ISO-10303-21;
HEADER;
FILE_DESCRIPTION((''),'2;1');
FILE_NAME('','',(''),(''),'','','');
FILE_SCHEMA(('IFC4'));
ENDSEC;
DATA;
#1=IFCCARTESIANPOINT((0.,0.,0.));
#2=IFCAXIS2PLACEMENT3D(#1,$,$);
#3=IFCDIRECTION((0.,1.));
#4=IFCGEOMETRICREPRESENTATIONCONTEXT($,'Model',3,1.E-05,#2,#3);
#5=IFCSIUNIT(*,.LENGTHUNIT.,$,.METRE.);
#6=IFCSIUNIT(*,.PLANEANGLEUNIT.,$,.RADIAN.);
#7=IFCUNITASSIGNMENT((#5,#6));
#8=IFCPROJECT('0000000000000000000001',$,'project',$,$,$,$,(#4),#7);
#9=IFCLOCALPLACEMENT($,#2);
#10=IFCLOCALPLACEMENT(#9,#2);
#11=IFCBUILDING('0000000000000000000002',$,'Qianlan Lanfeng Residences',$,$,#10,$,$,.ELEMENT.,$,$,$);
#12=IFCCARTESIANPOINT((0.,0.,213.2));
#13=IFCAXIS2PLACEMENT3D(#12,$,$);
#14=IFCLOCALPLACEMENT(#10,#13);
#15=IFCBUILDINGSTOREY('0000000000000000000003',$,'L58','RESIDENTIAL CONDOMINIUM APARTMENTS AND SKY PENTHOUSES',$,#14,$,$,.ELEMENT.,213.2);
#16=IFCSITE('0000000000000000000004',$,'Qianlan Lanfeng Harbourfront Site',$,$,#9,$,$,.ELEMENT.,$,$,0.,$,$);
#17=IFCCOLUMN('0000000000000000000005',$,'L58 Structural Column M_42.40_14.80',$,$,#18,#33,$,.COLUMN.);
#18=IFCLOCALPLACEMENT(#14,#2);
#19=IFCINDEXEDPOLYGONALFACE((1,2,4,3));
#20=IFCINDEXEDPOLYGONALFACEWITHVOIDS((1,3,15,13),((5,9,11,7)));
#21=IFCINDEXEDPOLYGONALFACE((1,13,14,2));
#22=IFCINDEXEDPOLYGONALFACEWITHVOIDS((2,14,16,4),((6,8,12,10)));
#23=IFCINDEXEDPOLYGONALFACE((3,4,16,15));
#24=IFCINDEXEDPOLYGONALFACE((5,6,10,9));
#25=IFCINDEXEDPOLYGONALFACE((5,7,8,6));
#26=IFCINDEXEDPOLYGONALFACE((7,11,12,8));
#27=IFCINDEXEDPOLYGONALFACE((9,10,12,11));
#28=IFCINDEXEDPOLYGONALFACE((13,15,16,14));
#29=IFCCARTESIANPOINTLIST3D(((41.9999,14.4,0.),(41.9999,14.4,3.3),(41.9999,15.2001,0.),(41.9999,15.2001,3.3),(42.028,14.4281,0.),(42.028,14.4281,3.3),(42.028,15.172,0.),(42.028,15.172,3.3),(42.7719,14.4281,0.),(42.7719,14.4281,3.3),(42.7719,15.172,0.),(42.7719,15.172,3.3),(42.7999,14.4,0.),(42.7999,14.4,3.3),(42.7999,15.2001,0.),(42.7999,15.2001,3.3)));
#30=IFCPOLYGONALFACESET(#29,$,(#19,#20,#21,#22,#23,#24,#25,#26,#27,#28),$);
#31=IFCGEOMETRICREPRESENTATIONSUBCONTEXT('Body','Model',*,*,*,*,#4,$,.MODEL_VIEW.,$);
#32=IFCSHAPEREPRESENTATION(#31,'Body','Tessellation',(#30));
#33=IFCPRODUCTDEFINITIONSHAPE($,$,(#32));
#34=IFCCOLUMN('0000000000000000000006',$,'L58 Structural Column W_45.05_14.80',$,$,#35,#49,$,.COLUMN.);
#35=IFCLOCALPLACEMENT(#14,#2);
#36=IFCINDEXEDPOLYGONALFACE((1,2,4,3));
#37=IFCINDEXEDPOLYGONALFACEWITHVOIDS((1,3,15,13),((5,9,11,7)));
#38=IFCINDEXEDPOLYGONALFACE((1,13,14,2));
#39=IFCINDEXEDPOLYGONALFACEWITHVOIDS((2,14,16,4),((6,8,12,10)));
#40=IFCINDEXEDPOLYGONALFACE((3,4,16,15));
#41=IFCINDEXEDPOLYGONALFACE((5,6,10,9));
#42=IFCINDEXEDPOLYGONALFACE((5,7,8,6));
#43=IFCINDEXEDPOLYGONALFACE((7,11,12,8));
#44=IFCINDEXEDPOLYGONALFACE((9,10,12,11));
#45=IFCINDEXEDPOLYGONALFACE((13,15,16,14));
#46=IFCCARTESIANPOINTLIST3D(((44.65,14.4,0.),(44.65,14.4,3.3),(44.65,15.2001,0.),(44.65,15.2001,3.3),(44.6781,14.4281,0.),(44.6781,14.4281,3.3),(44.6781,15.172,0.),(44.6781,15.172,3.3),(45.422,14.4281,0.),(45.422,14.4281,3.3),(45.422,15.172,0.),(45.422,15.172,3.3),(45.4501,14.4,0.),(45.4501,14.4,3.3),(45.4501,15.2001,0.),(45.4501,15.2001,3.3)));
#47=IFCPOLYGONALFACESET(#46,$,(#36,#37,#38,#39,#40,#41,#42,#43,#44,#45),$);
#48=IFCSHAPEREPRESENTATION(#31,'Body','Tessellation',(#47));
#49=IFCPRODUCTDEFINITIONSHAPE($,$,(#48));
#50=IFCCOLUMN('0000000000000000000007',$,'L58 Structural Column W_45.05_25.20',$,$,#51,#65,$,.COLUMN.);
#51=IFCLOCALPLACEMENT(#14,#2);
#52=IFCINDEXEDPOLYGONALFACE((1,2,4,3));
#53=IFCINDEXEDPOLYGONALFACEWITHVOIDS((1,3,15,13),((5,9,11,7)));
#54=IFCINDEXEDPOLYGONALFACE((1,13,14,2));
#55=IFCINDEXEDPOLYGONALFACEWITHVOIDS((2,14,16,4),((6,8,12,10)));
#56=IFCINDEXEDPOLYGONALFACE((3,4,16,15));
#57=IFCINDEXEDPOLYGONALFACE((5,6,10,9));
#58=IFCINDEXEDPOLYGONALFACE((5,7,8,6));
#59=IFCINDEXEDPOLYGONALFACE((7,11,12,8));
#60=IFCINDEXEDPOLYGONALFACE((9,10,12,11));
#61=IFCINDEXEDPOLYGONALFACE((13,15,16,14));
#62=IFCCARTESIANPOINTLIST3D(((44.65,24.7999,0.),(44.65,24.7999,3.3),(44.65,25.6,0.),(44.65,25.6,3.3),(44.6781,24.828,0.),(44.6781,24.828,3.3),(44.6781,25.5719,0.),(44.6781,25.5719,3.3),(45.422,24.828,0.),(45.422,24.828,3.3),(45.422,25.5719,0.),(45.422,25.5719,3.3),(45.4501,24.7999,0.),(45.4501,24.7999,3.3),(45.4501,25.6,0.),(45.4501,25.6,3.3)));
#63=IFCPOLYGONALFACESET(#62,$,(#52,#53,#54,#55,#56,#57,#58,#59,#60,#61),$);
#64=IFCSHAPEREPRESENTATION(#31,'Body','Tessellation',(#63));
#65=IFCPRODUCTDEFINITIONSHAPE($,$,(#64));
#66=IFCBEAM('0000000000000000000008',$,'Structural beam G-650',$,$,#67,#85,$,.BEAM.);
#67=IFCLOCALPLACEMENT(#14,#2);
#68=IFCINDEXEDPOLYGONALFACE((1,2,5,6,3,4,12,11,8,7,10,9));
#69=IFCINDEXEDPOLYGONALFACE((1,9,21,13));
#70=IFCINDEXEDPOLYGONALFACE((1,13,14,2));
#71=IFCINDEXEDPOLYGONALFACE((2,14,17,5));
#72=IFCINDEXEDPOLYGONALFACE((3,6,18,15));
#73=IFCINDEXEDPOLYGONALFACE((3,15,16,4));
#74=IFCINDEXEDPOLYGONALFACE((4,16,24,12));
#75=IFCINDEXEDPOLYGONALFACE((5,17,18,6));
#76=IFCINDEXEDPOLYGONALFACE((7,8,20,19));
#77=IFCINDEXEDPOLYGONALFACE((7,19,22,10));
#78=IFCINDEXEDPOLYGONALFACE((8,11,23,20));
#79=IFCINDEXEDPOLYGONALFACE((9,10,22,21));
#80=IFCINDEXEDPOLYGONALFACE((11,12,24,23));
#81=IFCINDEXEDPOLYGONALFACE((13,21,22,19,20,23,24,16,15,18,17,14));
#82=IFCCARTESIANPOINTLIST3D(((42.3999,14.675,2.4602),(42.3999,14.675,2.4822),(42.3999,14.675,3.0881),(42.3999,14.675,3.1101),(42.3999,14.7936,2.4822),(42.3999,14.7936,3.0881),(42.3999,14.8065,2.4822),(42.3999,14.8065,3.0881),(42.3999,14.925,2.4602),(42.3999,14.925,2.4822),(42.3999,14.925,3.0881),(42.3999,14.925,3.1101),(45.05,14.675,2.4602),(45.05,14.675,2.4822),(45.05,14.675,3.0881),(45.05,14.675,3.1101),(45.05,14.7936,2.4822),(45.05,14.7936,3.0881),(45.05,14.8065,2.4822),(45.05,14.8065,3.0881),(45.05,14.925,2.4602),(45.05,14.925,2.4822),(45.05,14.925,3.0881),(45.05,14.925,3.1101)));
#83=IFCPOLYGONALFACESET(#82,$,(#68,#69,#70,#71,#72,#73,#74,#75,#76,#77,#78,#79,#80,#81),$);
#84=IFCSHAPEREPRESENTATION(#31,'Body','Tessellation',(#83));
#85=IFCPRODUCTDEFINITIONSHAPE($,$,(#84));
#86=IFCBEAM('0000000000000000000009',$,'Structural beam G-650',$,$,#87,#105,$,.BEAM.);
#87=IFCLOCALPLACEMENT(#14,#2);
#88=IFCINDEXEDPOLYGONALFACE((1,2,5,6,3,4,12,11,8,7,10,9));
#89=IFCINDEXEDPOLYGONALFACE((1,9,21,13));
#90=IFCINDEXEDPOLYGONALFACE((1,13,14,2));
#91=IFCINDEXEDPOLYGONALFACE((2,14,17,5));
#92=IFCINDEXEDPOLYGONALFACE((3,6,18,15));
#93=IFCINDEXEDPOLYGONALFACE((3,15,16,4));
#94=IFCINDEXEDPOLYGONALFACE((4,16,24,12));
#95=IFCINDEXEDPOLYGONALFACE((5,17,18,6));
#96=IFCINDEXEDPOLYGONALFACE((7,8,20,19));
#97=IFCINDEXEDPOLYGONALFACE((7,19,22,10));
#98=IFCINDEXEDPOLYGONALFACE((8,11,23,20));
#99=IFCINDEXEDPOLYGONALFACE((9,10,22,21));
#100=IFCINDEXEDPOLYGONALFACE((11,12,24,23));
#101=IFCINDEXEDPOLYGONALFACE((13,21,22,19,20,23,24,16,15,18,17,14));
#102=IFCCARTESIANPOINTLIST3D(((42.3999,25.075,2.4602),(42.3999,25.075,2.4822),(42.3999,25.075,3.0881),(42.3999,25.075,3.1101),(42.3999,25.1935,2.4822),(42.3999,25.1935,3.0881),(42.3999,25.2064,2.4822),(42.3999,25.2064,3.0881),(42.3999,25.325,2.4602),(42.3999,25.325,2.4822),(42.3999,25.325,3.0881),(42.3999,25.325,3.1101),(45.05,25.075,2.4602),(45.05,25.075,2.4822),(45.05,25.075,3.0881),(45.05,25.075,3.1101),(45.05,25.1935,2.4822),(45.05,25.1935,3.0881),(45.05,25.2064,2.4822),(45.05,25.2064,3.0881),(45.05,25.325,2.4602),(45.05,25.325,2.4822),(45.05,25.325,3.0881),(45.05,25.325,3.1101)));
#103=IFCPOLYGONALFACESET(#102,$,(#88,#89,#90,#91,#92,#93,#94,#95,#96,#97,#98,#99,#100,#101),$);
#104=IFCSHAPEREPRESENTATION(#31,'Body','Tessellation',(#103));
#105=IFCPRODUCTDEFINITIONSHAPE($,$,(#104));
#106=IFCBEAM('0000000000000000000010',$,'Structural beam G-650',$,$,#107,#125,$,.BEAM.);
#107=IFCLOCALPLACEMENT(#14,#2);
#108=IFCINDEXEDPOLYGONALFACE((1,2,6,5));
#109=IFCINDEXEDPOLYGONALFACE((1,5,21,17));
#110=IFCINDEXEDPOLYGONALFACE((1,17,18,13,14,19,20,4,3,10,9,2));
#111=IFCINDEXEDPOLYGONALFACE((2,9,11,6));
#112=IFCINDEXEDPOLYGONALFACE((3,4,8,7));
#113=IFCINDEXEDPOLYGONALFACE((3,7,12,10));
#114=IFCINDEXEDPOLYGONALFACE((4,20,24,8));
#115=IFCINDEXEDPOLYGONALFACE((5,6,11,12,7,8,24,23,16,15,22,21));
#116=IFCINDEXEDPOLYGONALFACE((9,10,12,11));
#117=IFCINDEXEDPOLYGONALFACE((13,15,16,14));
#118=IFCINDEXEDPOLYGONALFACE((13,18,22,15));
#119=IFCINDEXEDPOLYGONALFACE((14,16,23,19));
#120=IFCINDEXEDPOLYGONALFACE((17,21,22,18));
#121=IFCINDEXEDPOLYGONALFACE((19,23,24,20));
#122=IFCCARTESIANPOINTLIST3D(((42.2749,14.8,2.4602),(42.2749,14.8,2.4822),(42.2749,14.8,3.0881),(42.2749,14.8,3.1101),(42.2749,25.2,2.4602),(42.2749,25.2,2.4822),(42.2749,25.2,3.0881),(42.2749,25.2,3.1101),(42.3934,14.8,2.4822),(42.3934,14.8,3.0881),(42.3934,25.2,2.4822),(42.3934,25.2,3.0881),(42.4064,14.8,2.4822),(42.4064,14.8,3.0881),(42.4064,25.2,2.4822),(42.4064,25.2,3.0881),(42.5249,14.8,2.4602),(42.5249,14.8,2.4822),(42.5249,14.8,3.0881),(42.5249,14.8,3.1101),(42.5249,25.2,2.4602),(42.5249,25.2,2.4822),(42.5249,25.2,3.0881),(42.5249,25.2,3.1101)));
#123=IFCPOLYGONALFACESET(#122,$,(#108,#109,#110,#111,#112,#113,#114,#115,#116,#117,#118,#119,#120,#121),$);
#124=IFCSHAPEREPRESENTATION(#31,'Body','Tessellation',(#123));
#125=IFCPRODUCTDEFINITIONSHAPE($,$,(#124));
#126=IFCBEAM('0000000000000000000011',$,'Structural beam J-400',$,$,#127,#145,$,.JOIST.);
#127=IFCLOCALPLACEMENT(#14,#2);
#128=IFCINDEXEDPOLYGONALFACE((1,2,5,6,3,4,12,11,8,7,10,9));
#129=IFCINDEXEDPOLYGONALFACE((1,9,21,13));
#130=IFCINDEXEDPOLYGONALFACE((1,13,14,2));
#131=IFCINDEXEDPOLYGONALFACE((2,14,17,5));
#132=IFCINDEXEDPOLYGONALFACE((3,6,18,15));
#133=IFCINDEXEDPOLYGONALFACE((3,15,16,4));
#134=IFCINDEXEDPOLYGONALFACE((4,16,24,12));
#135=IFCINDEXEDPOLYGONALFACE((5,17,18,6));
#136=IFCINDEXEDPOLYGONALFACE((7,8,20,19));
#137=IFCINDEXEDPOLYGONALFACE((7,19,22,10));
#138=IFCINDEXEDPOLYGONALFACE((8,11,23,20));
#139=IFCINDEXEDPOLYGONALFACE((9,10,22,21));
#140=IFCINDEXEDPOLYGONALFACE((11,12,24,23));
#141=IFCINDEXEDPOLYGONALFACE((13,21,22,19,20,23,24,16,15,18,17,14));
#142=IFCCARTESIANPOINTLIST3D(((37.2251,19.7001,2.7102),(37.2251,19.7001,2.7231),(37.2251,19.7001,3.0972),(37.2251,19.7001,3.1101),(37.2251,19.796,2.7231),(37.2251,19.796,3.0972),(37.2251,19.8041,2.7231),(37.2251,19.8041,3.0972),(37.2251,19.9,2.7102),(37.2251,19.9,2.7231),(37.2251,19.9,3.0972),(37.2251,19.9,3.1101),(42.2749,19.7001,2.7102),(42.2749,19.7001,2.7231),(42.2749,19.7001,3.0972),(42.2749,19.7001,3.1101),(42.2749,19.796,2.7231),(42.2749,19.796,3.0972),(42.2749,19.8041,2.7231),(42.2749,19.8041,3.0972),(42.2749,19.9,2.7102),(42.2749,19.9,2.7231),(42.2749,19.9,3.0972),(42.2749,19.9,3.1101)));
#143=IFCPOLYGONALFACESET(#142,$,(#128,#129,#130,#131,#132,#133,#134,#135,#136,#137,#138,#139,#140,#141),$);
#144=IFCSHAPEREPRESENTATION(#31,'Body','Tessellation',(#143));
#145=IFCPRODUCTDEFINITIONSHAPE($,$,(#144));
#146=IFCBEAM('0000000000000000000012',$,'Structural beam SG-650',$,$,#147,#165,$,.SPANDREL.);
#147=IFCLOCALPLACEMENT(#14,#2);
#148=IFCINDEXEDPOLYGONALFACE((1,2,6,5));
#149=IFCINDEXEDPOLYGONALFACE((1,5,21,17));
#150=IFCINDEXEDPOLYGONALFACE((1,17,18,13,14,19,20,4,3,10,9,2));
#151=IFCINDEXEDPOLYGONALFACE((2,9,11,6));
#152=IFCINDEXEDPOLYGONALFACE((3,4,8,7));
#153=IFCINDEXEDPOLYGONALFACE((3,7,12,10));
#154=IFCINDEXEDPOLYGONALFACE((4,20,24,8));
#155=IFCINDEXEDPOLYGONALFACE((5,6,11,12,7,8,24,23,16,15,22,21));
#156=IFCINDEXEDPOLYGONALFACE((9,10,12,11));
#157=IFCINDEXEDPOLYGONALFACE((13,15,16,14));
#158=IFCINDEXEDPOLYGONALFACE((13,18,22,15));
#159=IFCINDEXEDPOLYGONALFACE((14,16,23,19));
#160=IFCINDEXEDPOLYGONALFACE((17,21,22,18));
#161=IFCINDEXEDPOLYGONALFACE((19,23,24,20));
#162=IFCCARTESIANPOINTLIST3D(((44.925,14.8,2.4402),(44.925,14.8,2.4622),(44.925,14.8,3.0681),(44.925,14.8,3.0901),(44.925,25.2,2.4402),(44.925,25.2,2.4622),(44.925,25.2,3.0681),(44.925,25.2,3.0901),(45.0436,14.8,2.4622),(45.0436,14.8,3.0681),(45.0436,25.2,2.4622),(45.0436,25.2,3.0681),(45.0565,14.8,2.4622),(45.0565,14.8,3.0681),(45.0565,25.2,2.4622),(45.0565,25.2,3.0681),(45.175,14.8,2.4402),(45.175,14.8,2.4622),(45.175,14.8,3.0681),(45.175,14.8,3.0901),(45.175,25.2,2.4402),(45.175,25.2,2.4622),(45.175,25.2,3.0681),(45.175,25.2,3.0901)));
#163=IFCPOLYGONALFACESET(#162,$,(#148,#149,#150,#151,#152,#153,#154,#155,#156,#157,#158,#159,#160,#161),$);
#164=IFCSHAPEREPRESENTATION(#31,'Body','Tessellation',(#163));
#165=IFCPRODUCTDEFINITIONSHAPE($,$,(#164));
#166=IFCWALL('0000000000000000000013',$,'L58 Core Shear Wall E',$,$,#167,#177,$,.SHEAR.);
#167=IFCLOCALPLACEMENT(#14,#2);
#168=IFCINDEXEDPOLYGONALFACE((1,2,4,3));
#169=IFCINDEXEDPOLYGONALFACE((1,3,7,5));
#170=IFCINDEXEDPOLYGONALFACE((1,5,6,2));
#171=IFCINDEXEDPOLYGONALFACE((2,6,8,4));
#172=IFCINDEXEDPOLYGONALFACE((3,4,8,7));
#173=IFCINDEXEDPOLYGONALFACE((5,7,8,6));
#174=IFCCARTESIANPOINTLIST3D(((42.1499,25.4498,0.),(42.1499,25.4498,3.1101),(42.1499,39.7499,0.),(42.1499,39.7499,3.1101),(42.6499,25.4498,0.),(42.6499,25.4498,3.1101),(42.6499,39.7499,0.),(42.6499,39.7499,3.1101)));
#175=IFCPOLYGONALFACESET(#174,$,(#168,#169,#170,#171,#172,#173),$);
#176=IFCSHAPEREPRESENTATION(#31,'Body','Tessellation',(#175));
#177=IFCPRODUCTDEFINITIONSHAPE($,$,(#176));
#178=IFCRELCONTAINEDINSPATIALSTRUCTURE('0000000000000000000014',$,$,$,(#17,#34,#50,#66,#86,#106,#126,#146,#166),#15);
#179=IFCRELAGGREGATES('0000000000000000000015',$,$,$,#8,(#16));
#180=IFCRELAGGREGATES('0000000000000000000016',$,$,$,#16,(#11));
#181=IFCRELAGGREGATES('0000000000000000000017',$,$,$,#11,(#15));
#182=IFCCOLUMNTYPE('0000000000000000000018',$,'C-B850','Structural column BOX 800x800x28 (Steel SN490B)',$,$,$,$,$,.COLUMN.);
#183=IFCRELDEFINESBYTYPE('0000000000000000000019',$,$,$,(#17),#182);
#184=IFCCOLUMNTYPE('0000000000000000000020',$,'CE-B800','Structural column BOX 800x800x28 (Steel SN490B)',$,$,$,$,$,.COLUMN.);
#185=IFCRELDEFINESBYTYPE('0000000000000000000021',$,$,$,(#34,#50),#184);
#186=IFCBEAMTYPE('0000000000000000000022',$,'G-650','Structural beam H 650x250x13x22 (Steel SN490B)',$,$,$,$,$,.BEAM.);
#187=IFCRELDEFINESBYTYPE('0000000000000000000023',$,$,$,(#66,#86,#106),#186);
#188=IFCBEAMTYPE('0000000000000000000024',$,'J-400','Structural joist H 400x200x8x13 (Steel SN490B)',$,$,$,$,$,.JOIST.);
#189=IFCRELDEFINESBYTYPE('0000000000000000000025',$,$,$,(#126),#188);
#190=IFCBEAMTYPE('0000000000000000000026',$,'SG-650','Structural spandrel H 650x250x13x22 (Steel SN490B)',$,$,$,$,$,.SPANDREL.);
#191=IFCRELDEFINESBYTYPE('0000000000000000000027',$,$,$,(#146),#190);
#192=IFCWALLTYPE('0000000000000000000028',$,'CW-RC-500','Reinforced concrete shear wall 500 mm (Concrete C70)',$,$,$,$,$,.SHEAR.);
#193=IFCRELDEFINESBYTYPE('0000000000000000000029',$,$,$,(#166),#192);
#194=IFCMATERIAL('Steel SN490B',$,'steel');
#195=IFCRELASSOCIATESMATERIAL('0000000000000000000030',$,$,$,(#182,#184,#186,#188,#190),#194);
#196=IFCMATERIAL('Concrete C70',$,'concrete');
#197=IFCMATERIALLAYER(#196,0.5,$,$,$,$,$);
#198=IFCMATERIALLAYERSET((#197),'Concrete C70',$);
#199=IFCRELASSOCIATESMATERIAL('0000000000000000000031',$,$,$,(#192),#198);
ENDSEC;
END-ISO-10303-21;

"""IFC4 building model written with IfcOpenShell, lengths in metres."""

from ifc_helpers import new_model, si_unit, direction, frame, frame_2d, origin, origin_2d, place, context, subcontext, project, spatial, rectangle, hollow_rectangle, i_section, extrude, material, layer, layer_set, material_profile, profile_set, type_object, element, save


model = new_model("IFC4")

# Units and contexts
model_context = context("Model", 3, precision=1e-05, world=origin(), true_north=direction((0.0, 1.0)))
body_context = subcontext(model_context, "Body", "Model", "MODEL_VIEW")
ifc_project = project(units=[si_unit("LENGTHUNIT", "METRE"), si_unit("PLANEANGLEUNIT", "RADIAN")], contexts=[model_context])

# Site, building, storey
site_placement = place(None, origin())
site = spatial("IfcSite", under=ifc_project, at=site_placement, Name="Qianlan Lanfeng Harbourfront Site", CompositionType="ELEMENT", RefElevation=0.0)
building_placement = place(site_placement, origin())
building = spatial("IfcBuilding", under=site, at=building_placement, Name="Qianlan Lanfeng Residences", CompositionType="ELEMENT")
storey_placement = place(building_placement, frame((0.0, 0.0, 213.2)))
storey = spatial("IfcBuildingStorey", under=building, at=storey_placement, Name="L58", Description="RESIDENTIAL CONDOMINIUM APARTMENTS AND SKY PENTHOUSES", CompositionType="ELEMENT", Elevation=213.2)

# Columns
ifc_material_1 = material(Name="Steel SN490B", Category="steel")
ifc_material_profile_1 = material_profile(ifc_material_1, hollow_rectangle(XDim=0.8, YDim=0.8, WallThickness=0.0281, at=origin_2d()), Name="BOX 800x800x28")
ifc_profile_set_1 = profile_set([ifc_material_profile_1], Name="Steel SN490B")
column_type_1 = type_object("IfcColumnType", Name="C-B850", Description="Structural column BOX 800x800x28 (Steel SN490B)", PredefinedType="COLUMN", material=ifc_profile_set_1)
column_placement = place(storey_placement, frame((42.3999, 14.8, 0.0), z_axis=(0.0, 0.0, 1.0), x_axis=(1.0, 0.0, 0.0)))
element("IfcColumn", 1, at=column_placement, inside=storey, type_object=column_type_1, Name="L58 Structural Column M_42.40_14.80", PredefinedType="COLUMN", context=body_context, shape_type="SweptSolid", body=[
    extrude(hollow_rectangle(XDim=0.8, YDim=0.8, WallThickness=0.0281, at=origin_2d()), origin(), (0.0, 0.0, 1.0), 3.3),
])
ifc_material_profile_2 = material_profile(ifc_material_1, hollow_rectangle(XDim=0.8, YDim=0.8, WallThickness=0.0281, at=origin_2d()), Name="BOX 800x800x28")
ifc_profile_set_2 = profile_set([ifc_material_profile_2], Name="Steel SN490B")
column_type_2 = type_object("IfcColumnType", Name="CE-B800", Description="Structural column BOX 800x800x28 (Steel SN490B)", PredefinedType="COLUMN", material=ifc_profile_set_2)
for number, where, z_axis, x_axis, name in (
    (2, (45.05, 14.8, 0.0), (0.0, 0.0, 1.0), (1.0, 0.0, 0.0), "L58 Structural Column W_45.05_14.80"),
    (3, (45.05, 25.2, 0.0), (0.0, 0.0, 1.0), (1.0, 0.0, 0.0), "L58 Structural Column W_45.05_25.20"),
):
    element("IfcColumn", number, at=place(storey_placement, frame(where, z_axis=z_axis, x_axis=x_axis)), inside=storey, type_object=column_type_2, Name=name, PredefinedType="COLUMN", context=body_context, shape_type="SweptSolid", body=[
        extrude(hollow_rectangle(XDim=0.8, YDim=0.8, WallThickness=0.0281, at=origin_2d()), origin(), (0.0, 0.0, 1.0), 3.3),
    ])

# Beams
ifc_material_profile_3 = material_profile(ifc_material_1, i_section(OverallWidth=0.25, OverallDepth=0.6499, WebThickness=0.0129, FlangeThickness=0.022, at=origin_2d()), Name="H 650x250x13x22")
ifc_profile_set_3 = profile_set([ifc_material_profile_3], Name="Steel SN490B")
beam_type_1 = type_object("IfcBeamType", Name="G-650", Description="Structural beam H 650x250x13x22 (Steel SN490B)", PredefinedType="BEAM", material=ifc_profile_set_3)
for number, where, z_axis, x_axis, name in (
    (4, (42.3999, 14.8, 2.7852), (1.0, 0.0, 0.0), (0.0, 1.0, 0.0), "Structural beam G-650"),
    (5, (42.3999, 25.2, 2.7852), (1.0, 0.0, 0.0), (0.0, 1.0, 0.0), "Structural beam G-650"),
):
    element("IfcBeam", number, at=place(storey_placement, frame(where, z_axis=z_axis, x_axis=x_axis)), inside=storey, type_object=beam_type_1, Name=name, PredefinedType="BEAM", context=body_context, shape_type="SweptSolid", body=[
        extrude(i_section(OverallWidth=0.25, OverallDepth=0.6499, WebThickness=0.0129, FlangeThickness=0.022, at=origin_2d()), origin(), (0.0, 0.0, 1.0), 2.6501),
    ])
beam_1_placement = place(storey_placement, frame((42.3999, 14.8, 2.7852), z_axis=(0.0, 1.0, 0.0), x_axis=(-1.0, 0.0, 0.0)))
element("IfcBeam", 6, at=beam_1_placement, inside=storey, type_object=beam_type_1, Name="Structural beam G-650", PredefinedType="BEAM", context=body_context, shape_type="SweptSolid", body=[
    extrude(i_section(OverallWidth=0.25, OverallDepth=0.6499, WebThickness=0.0129, FlangeThickness=0.022, at=origin_2d()), origin(), (0.0, 0.0, 1.0), 10.3999),
])
ifc_material_profile_4 = material_profile(ifc_material_1, i_section(OverallWidth=0.2, OverallDepth=0.3999, WebThickness=0.0081, FlangeThickness=0.0129, at=origin_2d()), Name="H 400x200x8x13")
ifc_profile_set_4 = profile_set([ifc_material_profile_4], Name="Steel SN490B")
beam_type_2 = type_object("IfcBeamType", Name="J-400", Description="Structural joist H 400x200x8x13 (Steel SN490B)", PredefinedType="JOIST", material=ifc_profile_set_4)
beam_2_placement = place(storey_placement, frame((37.2251, 19.8, 2.9102), z_axis=(1.0, 0.0, 0.0), x_axis=(0.0, 1.0, 0.0)))
element("IfcBeam", 7, at=beam_2_placement, inside=storey, type_object=beam_type_2, Name="Structural beam J-400", PredefinedType="JOIST", context=body_context, shape_type="SweptSolid", body=[
    extrude(i_section(OverallWidth=0.2, OverallDepth=0.3999, WebThickness=0.0081, FlangeThickness=0.0129, at=origin_2d()), origin(), (0.0, 0.0, 1.0), 5.0498),
])
ifc_material_profile_5 = material_profile(ifc_material_1, i_section(OverallWidth=0.25, OverallDepth=0.6499, WebThickness=0.0129, FlangeThickness=0.022, at=origin_2d()), Name="H 650x250x13x22")
ifc_profile_set_5 = profile_set([ifc_material_profile_5], Name="Steel SN490B")
beam_type_3 = type_object("IfcBeamType", Name="SG-650", Description="Structural spandrel H 650x250x13x22 (Steel SN490B)", PredefinedType="SPANDREL", material=ifc_profile_set_5)
beam_3_placement = place(storey_placement, frame((45.05, 14.8, 2.7651), z_axis=(0.0, 1.0, 0.0), x_axis=(-1.0, 0.0, 0.0)))
element("IfcBeam", 8, at=beam_3_placement, inside=storey, type_object=beam_type_3, Name="Structural beam SG-650", PredefinedType="SPANDREL", context=body_context, shape_type="SweptSolid", body=[
    extrude(i_section(OverallWidth=0.25, OverallDepth=0.6499, WebThickness=0.0129, FlangeThickness=0.022, at=origin_2d()), origin(), (0.0, 0.0, 1.0), 10.3999),
])

# Wall
ifc_material_2 = material(Name="Concrete C70", Category="concrete")
ifc_layer_1 = layer(ifc_material_2, 0.5)
ifc_layer_set_1 = layer_set([ifc_layer_1], Name="Concrete C70")
wall_type_1 = type_object("IfcWallType", Name="CW-RC-500", Description="Reinforced concrete shear wall 500 mm (Concrete C70)", PredefinedType="SHEAR", material=ifc_layer_set_1)
wall_1_placement = place(storey_placement, frame((42.3999, 25.45, 0.0), z_axis=(0.0, 0.0, 1.0), x_axis=(0.0, 1.0, 0.0)))
element("IfcWall", 9, at=wall_1_placement, inside=storey, type_object=wall_type_1, Name="L58 Core Shear Wall E", PredefinedType="SHEAR", context=body_context, shape_type="SweptSolid", body=[
    extrude(rectangle(XDim=14.3, YDim=0.5, at=frame_2d((7.1499, 0.0))), origin(), (0.0, 0.0, 1.0), 3.1101),
])

save(model, "model.ifc")
